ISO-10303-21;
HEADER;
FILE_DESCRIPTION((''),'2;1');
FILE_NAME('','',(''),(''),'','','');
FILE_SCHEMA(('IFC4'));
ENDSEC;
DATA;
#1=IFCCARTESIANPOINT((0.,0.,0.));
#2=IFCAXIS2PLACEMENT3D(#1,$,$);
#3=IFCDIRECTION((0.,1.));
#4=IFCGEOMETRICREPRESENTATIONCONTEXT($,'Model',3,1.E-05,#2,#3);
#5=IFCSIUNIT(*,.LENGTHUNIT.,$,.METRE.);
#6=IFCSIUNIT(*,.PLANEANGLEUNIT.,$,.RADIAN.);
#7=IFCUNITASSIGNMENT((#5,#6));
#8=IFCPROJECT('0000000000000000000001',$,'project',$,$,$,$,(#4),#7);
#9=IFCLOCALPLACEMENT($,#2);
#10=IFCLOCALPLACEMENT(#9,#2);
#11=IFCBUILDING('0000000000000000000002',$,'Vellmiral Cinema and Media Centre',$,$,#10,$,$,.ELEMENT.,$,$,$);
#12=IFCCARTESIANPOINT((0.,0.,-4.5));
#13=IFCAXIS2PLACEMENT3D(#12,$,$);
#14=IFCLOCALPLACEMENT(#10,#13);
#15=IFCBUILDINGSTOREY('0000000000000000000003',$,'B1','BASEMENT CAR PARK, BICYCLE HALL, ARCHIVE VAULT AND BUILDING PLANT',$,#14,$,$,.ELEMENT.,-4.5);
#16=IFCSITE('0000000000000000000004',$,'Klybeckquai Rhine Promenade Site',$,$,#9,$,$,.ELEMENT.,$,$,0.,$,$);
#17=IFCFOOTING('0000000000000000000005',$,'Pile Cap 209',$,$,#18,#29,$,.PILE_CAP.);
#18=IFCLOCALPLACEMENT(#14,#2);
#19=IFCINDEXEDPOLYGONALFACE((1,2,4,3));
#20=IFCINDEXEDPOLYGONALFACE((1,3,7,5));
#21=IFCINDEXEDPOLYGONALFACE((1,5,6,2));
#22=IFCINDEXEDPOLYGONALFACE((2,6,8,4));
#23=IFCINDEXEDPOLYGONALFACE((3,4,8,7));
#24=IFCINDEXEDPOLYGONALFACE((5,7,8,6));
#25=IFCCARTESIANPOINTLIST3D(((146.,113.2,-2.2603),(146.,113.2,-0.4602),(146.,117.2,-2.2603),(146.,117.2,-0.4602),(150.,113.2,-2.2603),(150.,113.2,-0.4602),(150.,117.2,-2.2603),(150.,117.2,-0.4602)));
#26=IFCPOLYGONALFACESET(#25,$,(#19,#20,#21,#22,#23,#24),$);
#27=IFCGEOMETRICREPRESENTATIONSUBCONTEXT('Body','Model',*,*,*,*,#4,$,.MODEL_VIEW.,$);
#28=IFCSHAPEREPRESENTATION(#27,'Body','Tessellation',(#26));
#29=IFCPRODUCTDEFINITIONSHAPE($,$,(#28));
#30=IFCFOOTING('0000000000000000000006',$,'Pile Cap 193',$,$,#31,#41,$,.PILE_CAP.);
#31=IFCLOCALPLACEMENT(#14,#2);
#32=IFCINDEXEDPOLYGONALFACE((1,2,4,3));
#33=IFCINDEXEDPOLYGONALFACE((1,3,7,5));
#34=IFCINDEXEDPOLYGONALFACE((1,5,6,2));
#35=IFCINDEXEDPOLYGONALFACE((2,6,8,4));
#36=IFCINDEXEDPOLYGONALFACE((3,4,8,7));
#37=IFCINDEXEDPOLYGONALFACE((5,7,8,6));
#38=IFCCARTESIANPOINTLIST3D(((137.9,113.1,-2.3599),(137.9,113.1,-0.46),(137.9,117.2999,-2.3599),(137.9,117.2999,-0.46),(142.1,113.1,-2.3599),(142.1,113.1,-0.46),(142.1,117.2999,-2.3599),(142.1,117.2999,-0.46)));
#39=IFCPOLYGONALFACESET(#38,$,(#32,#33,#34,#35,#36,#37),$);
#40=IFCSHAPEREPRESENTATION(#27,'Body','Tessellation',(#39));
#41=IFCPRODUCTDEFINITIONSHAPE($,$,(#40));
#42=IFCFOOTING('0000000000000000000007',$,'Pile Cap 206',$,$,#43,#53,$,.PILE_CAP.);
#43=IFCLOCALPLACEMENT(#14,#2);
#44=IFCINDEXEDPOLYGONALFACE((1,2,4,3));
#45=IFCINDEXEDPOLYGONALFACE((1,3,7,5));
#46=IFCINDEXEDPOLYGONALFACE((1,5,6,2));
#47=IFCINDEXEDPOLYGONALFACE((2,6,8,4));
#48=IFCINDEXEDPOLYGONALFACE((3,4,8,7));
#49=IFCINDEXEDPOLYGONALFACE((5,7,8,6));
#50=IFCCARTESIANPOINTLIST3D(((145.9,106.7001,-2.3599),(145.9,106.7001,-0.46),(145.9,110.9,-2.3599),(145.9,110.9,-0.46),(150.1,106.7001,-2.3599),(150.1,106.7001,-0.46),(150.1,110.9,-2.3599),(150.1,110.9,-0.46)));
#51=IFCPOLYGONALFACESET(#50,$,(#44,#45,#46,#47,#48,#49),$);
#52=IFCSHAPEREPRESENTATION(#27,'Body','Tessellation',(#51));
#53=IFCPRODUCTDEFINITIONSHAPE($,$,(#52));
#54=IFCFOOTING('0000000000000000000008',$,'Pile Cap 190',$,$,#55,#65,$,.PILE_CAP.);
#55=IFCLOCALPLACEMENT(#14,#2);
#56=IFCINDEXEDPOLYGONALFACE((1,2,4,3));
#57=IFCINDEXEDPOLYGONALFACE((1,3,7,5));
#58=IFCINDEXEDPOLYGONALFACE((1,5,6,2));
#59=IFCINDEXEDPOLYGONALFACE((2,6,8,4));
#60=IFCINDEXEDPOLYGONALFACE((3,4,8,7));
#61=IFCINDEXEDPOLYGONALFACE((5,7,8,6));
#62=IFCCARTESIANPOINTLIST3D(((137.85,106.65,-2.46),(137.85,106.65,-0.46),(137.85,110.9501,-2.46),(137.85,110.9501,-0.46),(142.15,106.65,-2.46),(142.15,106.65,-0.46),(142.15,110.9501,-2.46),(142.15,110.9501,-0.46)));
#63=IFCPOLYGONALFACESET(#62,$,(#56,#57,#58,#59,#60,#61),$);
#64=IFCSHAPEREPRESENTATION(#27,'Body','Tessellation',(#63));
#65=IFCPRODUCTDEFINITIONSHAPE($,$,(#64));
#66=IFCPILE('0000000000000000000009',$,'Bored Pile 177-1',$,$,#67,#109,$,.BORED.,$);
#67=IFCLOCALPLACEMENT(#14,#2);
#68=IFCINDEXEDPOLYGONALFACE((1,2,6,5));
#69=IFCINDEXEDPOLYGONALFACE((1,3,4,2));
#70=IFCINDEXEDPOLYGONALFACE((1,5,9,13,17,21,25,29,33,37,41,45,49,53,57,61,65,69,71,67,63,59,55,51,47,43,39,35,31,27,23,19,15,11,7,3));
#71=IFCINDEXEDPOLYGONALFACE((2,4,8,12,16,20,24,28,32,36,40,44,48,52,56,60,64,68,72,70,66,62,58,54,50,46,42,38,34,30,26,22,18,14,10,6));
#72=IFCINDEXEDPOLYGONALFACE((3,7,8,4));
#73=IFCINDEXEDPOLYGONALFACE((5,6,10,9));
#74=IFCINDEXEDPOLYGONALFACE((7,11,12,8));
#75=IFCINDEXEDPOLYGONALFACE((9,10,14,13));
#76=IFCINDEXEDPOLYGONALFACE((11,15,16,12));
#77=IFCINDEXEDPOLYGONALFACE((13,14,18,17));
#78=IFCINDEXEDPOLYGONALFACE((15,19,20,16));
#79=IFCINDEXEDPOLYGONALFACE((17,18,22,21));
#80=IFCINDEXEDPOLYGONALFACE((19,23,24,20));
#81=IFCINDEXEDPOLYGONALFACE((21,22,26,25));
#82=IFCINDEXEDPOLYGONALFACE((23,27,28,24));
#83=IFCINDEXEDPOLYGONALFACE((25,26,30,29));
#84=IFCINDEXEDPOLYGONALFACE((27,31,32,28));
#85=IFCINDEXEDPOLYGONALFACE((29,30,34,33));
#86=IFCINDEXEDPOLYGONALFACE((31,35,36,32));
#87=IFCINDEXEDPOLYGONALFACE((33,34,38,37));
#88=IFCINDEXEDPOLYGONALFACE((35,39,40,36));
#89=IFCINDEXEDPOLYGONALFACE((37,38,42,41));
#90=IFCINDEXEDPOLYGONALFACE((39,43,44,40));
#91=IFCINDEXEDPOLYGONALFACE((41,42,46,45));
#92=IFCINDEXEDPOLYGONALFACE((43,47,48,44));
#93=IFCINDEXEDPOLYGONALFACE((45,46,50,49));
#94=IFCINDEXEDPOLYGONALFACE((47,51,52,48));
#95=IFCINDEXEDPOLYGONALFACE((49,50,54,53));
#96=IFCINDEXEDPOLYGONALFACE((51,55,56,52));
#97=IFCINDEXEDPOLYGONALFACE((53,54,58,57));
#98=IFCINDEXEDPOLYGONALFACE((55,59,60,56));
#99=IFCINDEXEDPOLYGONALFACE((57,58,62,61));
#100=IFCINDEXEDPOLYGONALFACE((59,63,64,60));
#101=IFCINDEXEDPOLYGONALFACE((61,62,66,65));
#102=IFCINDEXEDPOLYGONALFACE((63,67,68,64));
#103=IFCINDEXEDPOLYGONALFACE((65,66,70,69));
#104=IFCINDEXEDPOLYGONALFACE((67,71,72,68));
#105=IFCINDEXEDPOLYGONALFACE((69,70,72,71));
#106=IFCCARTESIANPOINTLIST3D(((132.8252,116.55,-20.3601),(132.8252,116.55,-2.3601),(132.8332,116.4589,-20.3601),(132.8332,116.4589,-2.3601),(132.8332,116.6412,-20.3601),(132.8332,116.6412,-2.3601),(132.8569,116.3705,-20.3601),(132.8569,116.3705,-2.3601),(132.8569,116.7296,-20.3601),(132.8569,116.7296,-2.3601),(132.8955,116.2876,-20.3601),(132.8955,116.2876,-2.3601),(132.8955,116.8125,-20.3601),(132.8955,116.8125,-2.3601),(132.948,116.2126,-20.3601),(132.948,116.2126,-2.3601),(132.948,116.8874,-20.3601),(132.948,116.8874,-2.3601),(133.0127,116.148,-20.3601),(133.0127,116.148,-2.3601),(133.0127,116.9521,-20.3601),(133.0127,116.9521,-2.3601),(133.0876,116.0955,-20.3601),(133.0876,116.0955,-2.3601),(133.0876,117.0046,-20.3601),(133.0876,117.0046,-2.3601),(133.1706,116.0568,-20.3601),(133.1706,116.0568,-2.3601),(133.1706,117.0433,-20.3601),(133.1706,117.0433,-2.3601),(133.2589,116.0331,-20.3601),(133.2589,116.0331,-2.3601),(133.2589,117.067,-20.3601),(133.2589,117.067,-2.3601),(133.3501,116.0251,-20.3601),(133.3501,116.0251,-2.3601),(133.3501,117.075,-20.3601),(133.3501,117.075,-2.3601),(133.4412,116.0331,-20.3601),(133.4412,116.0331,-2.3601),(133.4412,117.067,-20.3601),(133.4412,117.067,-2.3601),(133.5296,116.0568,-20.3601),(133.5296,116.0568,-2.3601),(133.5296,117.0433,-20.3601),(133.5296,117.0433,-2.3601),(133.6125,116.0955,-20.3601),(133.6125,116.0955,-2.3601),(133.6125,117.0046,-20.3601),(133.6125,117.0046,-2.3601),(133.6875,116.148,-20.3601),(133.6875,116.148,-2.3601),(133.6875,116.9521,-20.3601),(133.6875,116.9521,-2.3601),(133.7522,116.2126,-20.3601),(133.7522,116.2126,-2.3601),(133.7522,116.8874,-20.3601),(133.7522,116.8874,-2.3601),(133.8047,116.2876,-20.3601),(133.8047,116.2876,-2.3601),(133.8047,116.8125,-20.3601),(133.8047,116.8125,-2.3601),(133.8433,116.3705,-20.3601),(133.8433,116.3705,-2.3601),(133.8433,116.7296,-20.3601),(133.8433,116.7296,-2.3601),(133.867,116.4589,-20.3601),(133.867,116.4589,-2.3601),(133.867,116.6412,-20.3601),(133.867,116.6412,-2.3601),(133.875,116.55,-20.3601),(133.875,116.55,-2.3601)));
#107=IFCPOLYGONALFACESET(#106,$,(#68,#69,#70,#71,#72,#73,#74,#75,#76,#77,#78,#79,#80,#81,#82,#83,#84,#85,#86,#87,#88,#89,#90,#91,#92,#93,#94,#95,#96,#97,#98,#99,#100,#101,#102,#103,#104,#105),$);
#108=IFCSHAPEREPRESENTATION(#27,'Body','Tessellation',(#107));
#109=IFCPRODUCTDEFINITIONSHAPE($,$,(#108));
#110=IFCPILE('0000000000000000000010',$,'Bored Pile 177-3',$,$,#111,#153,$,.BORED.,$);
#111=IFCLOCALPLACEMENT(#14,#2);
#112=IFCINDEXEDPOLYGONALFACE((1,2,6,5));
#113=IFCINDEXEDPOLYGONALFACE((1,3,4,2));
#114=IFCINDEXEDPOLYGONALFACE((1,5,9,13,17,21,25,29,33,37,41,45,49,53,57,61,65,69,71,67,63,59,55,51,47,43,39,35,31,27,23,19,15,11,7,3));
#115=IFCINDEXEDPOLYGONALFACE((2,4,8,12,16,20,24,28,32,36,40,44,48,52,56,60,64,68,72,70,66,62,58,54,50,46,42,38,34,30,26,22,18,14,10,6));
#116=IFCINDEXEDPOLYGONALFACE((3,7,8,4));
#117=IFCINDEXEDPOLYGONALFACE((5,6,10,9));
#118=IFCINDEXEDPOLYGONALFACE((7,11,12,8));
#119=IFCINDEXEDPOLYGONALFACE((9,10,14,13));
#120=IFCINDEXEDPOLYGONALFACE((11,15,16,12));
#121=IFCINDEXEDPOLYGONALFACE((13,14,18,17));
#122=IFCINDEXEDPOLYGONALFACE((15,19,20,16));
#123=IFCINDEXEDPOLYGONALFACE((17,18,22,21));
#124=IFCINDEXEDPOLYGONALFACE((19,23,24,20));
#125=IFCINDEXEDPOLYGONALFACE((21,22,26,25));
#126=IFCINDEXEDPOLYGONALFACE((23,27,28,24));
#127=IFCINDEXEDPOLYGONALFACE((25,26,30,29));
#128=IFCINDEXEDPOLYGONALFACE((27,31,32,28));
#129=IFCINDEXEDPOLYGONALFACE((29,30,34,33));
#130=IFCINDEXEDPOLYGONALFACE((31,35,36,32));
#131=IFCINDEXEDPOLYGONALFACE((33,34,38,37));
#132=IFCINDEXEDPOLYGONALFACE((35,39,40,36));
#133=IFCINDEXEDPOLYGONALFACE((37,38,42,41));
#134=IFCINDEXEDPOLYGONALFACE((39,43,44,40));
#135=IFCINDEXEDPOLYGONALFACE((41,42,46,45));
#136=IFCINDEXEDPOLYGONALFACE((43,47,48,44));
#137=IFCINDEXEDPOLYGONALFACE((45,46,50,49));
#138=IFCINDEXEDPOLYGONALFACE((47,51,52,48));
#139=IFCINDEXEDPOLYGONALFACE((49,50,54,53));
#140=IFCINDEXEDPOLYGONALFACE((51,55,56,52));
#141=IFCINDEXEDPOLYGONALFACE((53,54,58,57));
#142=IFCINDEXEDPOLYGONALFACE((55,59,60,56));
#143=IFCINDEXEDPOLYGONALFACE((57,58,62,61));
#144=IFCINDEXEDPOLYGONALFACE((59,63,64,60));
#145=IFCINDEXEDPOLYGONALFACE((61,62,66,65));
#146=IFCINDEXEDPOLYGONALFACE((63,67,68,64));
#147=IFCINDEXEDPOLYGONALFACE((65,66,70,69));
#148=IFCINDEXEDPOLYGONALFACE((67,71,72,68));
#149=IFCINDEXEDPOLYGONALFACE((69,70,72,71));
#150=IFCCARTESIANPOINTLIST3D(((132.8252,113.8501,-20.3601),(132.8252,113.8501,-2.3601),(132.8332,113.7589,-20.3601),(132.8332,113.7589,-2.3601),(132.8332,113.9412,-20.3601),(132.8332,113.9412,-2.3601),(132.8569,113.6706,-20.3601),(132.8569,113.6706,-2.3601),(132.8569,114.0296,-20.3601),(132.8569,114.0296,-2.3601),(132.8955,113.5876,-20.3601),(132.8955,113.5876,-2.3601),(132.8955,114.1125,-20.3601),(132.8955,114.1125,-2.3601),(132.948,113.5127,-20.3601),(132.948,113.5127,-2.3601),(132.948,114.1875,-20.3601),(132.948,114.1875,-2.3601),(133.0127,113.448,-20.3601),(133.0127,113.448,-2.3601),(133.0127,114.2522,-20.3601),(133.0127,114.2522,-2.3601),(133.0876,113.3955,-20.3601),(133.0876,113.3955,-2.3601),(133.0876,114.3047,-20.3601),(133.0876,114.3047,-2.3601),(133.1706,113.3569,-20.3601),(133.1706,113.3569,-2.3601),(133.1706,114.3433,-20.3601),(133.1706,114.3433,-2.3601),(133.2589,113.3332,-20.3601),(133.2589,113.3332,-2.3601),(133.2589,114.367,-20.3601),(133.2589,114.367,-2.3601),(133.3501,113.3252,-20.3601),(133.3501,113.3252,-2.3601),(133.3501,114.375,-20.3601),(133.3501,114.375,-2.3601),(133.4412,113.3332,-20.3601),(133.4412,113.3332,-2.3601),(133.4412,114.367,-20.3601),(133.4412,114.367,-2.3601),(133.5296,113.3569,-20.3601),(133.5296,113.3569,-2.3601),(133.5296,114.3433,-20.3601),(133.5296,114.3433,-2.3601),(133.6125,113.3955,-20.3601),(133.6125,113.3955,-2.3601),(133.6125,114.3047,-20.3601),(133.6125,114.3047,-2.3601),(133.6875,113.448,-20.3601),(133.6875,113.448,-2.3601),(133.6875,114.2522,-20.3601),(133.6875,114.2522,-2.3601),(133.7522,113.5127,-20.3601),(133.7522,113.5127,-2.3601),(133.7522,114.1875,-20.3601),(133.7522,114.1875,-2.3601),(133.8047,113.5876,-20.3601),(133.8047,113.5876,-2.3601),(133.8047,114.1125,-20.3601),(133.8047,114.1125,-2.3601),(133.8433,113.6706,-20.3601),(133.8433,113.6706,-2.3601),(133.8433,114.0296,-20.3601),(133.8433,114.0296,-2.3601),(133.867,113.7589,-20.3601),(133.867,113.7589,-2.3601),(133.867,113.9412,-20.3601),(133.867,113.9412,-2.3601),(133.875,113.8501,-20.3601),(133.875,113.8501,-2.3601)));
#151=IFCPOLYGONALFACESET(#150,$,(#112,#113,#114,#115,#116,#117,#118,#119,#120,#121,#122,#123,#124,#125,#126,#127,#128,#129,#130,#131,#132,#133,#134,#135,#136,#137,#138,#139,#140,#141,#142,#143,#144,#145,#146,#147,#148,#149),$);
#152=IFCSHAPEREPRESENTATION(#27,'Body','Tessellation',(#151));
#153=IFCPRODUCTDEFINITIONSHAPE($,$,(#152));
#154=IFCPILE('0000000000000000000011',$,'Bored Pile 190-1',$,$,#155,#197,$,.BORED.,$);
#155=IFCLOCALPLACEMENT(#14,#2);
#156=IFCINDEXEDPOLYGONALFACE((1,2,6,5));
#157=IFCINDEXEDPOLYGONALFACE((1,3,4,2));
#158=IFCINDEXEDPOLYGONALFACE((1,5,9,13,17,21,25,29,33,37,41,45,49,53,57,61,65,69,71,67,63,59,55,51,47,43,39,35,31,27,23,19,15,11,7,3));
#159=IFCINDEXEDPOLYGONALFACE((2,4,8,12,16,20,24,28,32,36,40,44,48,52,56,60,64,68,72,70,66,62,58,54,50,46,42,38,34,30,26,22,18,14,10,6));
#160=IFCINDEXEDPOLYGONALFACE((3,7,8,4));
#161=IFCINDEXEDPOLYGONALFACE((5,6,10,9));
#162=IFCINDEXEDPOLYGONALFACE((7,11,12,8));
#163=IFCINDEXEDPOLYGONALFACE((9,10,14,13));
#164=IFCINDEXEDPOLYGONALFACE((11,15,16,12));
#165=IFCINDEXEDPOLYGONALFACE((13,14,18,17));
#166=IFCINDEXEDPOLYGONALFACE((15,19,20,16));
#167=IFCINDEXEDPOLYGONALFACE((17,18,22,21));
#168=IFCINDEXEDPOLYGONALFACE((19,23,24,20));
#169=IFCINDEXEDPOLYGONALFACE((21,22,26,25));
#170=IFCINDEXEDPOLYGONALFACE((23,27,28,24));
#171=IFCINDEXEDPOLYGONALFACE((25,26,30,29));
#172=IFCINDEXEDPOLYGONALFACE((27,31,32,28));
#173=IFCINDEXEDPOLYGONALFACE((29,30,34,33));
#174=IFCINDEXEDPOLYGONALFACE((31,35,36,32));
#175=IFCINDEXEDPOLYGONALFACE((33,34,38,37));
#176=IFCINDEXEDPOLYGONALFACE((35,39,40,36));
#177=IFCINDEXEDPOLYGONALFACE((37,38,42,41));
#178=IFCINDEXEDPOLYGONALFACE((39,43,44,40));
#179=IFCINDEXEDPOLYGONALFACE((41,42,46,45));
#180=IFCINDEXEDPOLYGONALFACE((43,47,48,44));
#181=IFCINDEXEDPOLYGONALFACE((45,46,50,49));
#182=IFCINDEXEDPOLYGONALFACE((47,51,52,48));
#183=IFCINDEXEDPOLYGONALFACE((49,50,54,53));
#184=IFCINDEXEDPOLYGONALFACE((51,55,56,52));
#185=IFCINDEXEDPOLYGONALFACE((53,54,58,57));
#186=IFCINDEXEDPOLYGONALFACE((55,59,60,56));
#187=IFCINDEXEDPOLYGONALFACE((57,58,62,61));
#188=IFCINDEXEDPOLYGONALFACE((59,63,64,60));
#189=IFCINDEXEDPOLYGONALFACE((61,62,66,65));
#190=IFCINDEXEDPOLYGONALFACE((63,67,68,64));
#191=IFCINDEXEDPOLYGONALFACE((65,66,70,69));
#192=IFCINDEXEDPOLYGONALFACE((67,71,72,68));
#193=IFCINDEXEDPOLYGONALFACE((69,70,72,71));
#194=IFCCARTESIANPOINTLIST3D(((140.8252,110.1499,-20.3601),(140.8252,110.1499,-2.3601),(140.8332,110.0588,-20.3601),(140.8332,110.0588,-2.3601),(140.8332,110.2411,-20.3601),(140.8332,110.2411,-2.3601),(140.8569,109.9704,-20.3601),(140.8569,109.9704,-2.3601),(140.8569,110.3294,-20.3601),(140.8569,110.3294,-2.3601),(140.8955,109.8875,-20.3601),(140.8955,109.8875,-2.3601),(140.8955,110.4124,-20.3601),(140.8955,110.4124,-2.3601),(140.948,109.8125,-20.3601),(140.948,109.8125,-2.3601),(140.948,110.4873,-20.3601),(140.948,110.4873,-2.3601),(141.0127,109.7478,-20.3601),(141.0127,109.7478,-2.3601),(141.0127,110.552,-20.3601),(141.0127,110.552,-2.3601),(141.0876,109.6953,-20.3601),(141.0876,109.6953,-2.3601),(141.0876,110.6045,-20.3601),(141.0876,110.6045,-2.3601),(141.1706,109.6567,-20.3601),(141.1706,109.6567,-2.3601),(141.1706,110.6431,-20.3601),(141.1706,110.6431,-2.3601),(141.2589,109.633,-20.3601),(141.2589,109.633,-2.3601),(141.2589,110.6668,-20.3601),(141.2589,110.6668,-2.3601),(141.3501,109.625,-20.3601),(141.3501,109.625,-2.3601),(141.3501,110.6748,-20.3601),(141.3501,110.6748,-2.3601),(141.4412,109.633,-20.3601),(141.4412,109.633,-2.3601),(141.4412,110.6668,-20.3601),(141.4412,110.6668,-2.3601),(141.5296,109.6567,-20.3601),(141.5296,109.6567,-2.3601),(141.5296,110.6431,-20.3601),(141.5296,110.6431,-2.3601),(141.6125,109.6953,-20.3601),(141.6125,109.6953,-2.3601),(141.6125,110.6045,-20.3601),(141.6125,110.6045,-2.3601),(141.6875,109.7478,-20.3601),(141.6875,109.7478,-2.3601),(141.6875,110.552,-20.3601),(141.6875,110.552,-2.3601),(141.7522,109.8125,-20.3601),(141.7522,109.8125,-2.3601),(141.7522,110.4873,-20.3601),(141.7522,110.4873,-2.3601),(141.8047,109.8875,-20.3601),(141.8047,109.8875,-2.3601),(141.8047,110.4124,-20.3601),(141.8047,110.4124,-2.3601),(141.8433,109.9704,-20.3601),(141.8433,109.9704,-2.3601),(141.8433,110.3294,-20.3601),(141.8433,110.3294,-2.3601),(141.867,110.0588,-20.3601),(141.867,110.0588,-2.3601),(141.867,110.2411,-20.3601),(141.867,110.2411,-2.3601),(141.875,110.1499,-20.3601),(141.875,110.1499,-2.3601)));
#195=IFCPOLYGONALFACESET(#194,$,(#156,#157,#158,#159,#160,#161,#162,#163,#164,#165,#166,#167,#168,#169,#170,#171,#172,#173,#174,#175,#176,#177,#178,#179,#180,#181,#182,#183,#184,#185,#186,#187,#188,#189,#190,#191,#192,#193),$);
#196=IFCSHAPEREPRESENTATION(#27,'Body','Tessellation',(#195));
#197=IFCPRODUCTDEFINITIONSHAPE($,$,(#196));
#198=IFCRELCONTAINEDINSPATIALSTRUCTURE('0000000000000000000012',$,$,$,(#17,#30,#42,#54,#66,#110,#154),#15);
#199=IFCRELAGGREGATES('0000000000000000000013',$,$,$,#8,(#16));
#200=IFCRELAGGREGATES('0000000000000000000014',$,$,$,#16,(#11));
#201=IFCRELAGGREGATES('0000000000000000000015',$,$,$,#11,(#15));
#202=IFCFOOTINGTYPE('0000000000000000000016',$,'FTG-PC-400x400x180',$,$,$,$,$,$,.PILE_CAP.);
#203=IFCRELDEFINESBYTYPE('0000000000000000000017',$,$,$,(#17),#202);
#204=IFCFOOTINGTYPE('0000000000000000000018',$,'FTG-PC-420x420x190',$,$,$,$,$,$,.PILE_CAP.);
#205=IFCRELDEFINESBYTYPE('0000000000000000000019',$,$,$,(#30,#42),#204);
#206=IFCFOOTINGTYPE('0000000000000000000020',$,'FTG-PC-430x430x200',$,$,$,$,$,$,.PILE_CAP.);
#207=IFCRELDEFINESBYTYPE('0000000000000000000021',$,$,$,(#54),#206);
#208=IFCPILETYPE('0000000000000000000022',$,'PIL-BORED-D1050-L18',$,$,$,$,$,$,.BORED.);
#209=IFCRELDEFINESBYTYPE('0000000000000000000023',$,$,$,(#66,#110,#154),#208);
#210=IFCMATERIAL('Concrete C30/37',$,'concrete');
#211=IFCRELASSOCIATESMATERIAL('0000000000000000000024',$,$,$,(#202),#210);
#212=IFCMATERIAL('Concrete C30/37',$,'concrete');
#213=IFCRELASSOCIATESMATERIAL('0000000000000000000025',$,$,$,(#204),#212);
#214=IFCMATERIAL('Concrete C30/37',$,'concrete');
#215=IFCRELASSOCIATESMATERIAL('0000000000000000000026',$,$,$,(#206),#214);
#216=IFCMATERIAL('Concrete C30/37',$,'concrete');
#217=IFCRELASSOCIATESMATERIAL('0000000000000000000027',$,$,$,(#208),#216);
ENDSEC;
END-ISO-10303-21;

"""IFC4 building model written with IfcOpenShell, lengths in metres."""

from ifc_helpers import new_model, si_unit, direction, frame, origin, origin_2d, place, context, subcontext, project, spatial, rectangle, circle, extrude, material, material_profile, profile_set, type_object, element, save


model = new_model("IFC4")

# Units and contexts
model_context = context("Model", 3, precision=1e-05, world=origin(), true_north=direction((0.0, 1.0)))
body_context = subcontext(model_context, "Body", "Model", "MODEL_VIEW")
ifc_project = project(units=[si_unit("LENGTHUNIT", "METRE"), si_unit("PLANEANGLEUNIT", "RADIAN")], contexts=[model_context])

# Site, building, storey
site_placement = place(None, origin())
site = spatial("IfcSite", under=ifc_project, at=site_placement, Name="Klybeckquai Rhine Promenade Site", CompositionType="ELEMENT", RefElevation=0.0)
building_placement = place(site_placement, origin())
building = spatial("IfcBuilding", under=site, at=building_placement, Name="Vellmiral Cinema and Media Centre", CompositionType="ELEMENT")
storey_placement = place(building_placement, frame((0.0, 0.0, -4.5)))
storey = spatial("IfcBuildingStorey", under=building, at=storey_placement, Name="B1", Description="BASEMENT CAR PARK, BICYCLE HALL, ARCHIVE VAULT AND BUILDING PLANT", CompositionType="ELEMENT", Elevation=-4.5)

# Footings
ifc_material_1 = material(Name="Concrete C30/37", Category="concrete")
footing_type_1 = type_object("IfcFootingType", Name="FTG-PC-400x400x180", PredefinedType="PILE_CAP", material=ifc_material_1)
footing_1_placement = place(storey_placement, frame((148.0, 115.2, -2.2603), z_axis=(0.0, 0.0, 1.0), x_axis=(1.0, 0.0, 0.0)))
element("IfcFooting", 1, at=footing_1_placement, inside=storey, type_object=footing_type_1, Name="Pile Cap 209", PredefinedType="PILE_CAP", context=body_context, shape_type="SweptSolid", body=[
    extrude(rectangle(XDim=4.0, YDim=4.0, at=origin_2d()), origin(), (0.0, 0.0, 1.0), 1.8),
])
ifc_material_2 = material(Name="Concrete C30/37", Category="concrete")
footing_type_2 = type_object("IfcFootingType", Name="FTG-PC-420x420x190", PredefinedType="PILE_CAP", material=ifc_material_2)
for number, where, z_axis, x_axis, name in (
    (2, (140.0, 115.2, -2.3599), (0.0, 0.0, 1.0), (1.0, 0.0, 0.0), "Pile Cap 193"),
    (3, (148.0, 108.8, -2.3599), (0.0, 0.0, 1.0), (1.0, 0.0, 0.0), "Pile Cap 206"),
):
    element("IfcFooting", number, at=place(storey_placement, frame(where, z_axis=z_axis, x_axis=x_axis)), inside=storey, type_object=footing_type_2, Name=name, PredefinedType="PILE_CAP", context=body_context, shape_type="SweptSolid", body=[
        extrude(rectangle(XDim=4.2, YDim=4.2, at=origin_2d()), origin(), (0.0, 0.0, 1.0), 1.8999),
    ])
ifc_material_3 = material(Name="Concrete C30/37", Category="concrete")
footing_type_3 = type_object("IfcFootingType", Name="FTG-PC-430x430x200", PredefinedType="PILE_CAP", material=ifc_material_3)
footing_2_placement = place(storey_placement, frame((140.0, 108.8, -2.46), z_axis=(0.0, 0.0, 1.0), x_axis=(1.0, 0.0, 0.0)))
element("IfcFooting", 4, at=footing_2_placement, inside=storey, type_object=footing_type_3, Name="Pile Cap 190", PredefinedType="PILE_CAP", context=body_context, shape_type="SweptSolid", body=[
    extrude(rectangle(XDim=4.3, YDim=4.3, at=origin_2d()), origin(), (0.0, 0.0, 1.0), 2.0),
])

# Piles
ifc_material_4 = material(Name="Concrete C30/37", Category="concrete")
ifc_material_profile_1 = material_profile(ifc_material_4, circle(Radius=0.5249, at=origin_2d()), Name="PILE D1050")
ifc_profile_set_1 = profile_set([ifc_material_profile_1], Name="Concrete C30/37")
pile_type_1 = type_object("IfcPileType", Name="PIL-BORED-D1050-L18", PredefinedType="BORED", material=ifc_profile_set_1)
for number, where, z_axis, x_axis, name in (
    (5, (133.3501, 116.55, -2.3601), (0.0, 0.0, -1.0), (1.0, 0.0, 0.0), "Bored Pile 177-1"),
    (6, (133.3501, 113.8501, -2.3601), (0.0, 0.0, -1.0), (1.0, 0.0, 0.0), "Bored Pile 177-3"),
    (7, (141.3501, 110.1499, -2.3601), (0.0, 0.0, -1.0), (1.0, 0.0, 0.0), "Bored Pile 190-1"),
):
    element("IfcPile", number, at=place(storey_placement, frame(where, z_axis=z_axis, x_axis=x_axis)), inside=storey, type_object=pile_type_1, Name=name, PredefinedType="BORED", context=body_context, shape_type="SweptSolid", body=[
        extrude(circle(Radius=0.5249, at=origin_2d()), origin(), (0.0, 0.0, 1.0), 18.0),
    ])

save(model, "model.ifc")
